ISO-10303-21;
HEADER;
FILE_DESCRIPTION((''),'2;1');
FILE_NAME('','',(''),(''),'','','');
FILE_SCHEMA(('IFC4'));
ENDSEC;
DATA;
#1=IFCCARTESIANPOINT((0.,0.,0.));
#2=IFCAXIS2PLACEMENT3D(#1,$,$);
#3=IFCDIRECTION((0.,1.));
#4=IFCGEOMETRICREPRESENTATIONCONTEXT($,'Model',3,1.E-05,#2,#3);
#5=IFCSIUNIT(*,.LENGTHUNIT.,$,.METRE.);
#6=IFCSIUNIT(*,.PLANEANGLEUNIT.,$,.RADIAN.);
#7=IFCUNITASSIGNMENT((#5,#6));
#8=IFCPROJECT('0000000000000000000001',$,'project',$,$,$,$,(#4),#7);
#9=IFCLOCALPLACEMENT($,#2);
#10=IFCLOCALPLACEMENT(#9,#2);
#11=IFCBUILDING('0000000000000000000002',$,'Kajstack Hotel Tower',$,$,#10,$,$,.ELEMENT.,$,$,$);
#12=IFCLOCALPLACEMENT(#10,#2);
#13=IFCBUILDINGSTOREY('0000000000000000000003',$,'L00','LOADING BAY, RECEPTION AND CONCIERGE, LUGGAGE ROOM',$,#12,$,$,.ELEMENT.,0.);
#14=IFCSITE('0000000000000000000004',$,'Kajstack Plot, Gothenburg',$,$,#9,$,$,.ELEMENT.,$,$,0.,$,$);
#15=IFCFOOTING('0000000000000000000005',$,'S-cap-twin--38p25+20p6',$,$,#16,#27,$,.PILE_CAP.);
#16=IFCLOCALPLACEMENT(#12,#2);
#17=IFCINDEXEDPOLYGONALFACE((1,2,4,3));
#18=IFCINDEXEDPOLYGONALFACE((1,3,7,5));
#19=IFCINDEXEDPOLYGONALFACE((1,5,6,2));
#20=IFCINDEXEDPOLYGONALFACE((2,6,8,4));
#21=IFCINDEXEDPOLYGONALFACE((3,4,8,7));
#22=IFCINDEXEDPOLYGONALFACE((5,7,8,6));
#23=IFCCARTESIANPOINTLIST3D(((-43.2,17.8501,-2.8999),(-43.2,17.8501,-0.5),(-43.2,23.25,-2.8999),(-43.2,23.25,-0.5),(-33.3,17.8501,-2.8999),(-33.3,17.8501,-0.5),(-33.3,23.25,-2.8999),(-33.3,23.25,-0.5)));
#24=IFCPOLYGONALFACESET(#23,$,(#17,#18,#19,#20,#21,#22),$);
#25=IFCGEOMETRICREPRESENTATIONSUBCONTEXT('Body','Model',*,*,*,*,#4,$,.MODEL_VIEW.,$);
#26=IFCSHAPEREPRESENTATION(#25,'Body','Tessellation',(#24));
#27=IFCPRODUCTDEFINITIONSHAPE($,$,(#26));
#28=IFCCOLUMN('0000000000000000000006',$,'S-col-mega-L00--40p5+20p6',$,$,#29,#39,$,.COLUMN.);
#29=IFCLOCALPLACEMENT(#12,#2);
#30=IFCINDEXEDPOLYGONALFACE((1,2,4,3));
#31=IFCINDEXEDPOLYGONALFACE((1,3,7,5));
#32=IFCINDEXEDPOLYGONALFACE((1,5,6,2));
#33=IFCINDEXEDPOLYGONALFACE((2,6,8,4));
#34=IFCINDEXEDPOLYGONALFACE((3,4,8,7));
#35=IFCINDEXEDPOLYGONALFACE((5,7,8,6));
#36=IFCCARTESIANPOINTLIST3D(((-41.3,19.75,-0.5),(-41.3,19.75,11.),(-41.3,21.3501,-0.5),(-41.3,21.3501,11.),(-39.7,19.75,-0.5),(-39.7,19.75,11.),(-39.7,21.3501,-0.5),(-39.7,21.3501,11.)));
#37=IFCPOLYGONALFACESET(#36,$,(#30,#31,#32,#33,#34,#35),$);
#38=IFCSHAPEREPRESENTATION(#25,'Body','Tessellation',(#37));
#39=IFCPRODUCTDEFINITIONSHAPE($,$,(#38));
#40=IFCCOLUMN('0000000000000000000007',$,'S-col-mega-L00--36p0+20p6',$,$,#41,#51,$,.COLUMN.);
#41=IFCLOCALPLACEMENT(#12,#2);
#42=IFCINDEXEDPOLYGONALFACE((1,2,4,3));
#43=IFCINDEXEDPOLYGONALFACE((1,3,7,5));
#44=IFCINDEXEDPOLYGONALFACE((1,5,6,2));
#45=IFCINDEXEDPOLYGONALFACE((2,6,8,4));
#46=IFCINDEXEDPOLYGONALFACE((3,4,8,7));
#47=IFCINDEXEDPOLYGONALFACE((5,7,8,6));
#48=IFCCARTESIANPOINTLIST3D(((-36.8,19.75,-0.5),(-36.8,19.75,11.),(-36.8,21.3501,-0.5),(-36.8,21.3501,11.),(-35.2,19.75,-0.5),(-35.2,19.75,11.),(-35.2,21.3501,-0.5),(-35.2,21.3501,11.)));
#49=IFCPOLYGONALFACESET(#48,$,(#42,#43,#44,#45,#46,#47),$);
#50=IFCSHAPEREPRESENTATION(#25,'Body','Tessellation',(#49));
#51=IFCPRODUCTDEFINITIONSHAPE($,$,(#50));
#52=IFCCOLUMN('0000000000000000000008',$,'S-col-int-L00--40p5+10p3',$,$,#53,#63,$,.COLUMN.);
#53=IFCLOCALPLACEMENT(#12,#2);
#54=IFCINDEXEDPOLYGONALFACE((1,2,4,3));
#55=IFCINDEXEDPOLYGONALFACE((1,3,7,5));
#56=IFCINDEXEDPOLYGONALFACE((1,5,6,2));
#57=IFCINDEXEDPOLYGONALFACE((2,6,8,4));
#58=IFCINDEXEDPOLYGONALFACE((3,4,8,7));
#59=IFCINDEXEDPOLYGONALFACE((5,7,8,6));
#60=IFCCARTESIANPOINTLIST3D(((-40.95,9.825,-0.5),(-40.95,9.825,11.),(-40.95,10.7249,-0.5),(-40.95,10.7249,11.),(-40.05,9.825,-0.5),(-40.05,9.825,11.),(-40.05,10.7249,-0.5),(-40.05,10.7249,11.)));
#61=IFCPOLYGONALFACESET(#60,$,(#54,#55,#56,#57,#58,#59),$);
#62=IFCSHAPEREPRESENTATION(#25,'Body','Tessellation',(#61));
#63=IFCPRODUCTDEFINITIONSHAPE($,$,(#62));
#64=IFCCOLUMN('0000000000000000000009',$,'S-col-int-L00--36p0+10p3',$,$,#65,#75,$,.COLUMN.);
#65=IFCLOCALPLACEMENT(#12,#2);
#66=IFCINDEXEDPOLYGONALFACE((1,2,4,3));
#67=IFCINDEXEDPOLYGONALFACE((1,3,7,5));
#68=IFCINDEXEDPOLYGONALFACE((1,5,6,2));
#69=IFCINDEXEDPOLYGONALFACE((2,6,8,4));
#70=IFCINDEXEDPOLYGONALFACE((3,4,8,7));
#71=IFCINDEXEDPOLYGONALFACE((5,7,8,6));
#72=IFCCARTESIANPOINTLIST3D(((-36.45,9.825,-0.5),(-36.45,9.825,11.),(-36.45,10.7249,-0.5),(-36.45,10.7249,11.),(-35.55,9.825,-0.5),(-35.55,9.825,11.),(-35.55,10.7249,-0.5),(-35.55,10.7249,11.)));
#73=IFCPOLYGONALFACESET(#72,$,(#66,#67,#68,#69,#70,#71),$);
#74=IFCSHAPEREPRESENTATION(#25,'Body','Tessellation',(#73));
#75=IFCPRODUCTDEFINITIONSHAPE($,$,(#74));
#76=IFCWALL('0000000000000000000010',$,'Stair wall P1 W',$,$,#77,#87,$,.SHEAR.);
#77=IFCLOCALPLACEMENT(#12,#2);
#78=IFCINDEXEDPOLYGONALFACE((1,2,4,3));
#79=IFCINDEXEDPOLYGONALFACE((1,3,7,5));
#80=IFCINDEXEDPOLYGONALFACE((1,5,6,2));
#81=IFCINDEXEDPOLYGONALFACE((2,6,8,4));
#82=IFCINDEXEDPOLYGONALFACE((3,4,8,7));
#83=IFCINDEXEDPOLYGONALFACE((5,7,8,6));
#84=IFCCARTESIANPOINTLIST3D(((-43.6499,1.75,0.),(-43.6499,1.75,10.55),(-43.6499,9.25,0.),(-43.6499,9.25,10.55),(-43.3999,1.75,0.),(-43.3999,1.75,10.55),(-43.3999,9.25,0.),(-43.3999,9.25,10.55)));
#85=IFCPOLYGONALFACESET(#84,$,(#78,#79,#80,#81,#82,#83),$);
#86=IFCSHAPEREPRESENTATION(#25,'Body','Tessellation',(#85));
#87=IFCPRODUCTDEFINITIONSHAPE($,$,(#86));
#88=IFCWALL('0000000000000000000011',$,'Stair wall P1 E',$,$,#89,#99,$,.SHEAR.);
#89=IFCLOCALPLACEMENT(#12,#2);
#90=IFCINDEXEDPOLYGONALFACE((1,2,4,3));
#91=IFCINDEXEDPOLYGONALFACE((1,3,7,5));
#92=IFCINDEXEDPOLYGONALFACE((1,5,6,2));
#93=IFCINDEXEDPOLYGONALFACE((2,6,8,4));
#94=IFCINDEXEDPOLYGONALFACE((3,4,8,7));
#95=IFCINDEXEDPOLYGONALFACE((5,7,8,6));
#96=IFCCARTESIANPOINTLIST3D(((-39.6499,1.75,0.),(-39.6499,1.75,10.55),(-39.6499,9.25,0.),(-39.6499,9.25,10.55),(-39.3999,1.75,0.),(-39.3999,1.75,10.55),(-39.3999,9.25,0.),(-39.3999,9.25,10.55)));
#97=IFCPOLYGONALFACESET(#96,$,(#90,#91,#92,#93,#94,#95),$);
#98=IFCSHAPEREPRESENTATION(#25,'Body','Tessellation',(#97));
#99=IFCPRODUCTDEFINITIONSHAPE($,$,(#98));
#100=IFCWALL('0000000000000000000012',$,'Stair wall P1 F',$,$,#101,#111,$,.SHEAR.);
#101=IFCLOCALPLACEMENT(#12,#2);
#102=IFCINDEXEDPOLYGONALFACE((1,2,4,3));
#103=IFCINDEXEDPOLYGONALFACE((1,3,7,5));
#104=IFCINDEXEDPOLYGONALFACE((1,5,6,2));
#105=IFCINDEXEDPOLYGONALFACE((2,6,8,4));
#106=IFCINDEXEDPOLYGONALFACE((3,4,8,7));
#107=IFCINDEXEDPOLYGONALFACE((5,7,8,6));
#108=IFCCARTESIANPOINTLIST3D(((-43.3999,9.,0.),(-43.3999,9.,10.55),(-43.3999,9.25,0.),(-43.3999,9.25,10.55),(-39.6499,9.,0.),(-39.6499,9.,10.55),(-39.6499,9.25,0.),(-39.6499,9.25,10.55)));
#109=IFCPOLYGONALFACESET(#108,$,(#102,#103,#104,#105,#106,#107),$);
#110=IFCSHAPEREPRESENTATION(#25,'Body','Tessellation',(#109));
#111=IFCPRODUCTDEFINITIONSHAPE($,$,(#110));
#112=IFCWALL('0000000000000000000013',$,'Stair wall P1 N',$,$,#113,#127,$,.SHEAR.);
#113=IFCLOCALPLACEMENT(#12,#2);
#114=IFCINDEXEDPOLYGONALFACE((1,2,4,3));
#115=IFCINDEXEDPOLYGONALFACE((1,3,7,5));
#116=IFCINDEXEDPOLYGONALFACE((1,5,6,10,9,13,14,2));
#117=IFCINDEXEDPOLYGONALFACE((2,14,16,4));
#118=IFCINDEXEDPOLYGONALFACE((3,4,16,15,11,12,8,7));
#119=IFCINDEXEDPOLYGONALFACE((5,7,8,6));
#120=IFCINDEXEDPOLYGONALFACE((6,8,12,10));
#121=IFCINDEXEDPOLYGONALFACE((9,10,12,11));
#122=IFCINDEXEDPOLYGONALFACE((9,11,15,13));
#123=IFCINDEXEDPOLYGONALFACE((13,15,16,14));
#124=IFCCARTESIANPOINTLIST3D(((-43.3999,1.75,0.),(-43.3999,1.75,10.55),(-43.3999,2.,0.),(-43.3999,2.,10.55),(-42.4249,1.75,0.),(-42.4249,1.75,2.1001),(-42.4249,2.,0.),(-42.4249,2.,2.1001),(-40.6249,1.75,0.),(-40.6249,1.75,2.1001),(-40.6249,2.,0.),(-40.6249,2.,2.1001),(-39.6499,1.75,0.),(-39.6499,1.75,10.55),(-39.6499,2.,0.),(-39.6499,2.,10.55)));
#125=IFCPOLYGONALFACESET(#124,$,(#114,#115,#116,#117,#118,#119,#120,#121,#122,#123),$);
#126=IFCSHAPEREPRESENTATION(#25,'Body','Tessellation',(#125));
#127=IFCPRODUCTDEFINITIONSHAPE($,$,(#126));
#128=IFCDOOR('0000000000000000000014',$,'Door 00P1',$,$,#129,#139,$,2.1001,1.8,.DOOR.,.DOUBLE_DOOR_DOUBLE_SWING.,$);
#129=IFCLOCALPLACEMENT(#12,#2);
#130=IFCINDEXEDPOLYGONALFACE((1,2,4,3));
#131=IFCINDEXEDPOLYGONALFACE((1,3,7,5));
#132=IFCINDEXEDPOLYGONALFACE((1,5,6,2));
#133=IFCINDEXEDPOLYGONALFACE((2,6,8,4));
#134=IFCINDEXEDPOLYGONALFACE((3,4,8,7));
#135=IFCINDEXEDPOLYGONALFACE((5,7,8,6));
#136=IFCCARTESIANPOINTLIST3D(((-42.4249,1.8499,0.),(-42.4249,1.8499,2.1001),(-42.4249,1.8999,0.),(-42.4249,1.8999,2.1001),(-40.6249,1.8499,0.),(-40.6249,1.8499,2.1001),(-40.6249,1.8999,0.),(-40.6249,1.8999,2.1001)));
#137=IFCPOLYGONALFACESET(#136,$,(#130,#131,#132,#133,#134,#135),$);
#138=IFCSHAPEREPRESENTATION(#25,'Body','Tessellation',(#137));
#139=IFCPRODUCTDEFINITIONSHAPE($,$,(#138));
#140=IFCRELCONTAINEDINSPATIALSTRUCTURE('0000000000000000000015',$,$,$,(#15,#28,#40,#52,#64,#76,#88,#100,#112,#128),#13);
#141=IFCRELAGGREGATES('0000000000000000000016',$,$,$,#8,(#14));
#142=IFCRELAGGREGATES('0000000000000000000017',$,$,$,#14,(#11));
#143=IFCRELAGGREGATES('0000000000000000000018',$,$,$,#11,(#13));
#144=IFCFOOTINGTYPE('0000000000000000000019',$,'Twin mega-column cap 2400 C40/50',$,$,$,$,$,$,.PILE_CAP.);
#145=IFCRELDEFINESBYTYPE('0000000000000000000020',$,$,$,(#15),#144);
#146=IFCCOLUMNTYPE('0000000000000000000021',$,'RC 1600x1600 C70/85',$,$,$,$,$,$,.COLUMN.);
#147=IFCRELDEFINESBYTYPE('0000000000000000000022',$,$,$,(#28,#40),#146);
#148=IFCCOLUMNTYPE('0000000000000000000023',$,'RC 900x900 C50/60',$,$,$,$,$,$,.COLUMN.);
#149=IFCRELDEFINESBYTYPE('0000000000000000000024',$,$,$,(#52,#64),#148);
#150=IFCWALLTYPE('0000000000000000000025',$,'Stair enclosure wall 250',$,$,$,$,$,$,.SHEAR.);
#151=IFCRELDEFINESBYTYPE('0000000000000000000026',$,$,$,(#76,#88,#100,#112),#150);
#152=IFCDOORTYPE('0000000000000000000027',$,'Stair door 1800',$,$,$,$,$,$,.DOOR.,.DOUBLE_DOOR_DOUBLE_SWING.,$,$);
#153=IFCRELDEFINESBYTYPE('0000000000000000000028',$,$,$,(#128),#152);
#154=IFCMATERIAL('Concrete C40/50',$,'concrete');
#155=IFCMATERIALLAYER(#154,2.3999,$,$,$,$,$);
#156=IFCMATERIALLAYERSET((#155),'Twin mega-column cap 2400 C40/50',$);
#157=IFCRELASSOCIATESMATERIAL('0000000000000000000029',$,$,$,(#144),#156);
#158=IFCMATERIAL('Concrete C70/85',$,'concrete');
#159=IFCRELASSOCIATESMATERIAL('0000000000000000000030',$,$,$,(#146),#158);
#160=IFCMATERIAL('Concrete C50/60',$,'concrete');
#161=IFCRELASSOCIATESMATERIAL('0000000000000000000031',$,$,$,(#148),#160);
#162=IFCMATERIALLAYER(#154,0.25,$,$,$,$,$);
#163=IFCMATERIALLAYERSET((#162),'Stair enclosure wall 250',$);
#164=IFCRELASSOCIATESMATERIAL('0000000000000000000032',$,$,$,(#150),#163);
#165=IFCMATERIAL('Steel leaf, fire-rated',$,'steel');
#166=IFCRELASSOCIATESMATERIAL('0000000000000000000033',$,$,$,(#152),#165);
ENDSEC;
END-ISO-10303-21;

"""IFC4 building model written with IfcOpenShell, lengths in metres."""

from ifc_helpers import new_model, si_unit, direction, frame, frame_2d, origin, origin_2d, place, context, subcontext, project, spatial, rectangle, extrude, material, layer, layer_set, material_profile, profile_set, type_object, element, fill, save


model = new_model("IFC4")

# Units and contexts
model_context = context("Model", 3, precision=1e-05, world=origin(), true_north=direction((0.0, 1.0)))
body_context = subcontext(model_context, "Body", "Model", "MODEL_VIEW")
ifc_project = project(units=[si_unit("LENGTHUNIT", "METRE"), si_unit("PLANEANGLEUNIT", "RADIAN")], contexts=[model_context])

# Site, building, storey
site_placement = place(None, origin())
site = spatial("IfcSite", under=ifc_project, at=site_placement, Name="Kajstack Plot, Gothenburg", CompositionType="ELEMENT", RefElevation=0.0)
building_placement = place(site_placement, origin())
building = spatial("IfcBuilding", under=site, at=building_placement, Name="Kajstack Hotel Tower", CompositionType="ELEMENT")
storey_placement = place(building_placement, origin())
storey = spatial("IfcBuildingStorey", under=building, at=storey_placement, Name="L00", Description="LOADING BAY, RECEPTION AND CONCIERGE, LUGGAGE ROOM", CompositionType="ELEMENT", Elevation=0.0)

# Footing
ifc_material_1 = material(Name="Concrete C40/50", Category="concrete")
ifc_layer_1 = layer(ifc_material_1, 2.3999)
ifc_layer_set_1 = layer_set([ifc_layer_1], Name="Twin mega-column cap 2400 C40/50")
footing_type_1 = type_object("IfcFootingType", Name="Twin mega-column cap 2400 C40/50", PredefinedType="PILE_CAP", material=ifc_layer_set_1)
footing_placement = place(storey_placement, frame((-38.25, 20.55, -2.8999), z_axis=(0.0, 0.0, 1.0), x_axis=(1.0, 0.0, 0.0)))
element("IfcFooting", 1, at=footing_placement, inside=storey, type_object=footing_type_1, Name="S-cap-twin--38p25+20p6", PredefinedType="PILE_CAP", context=body_context, shape_type="SweptSolid", body=[
    extrude(rectangle(XDim=9.8999, YDim=5.3999, at=origin_2d()), origin(), (0.0, 0.0, 1.0), 2.3999),
])

# Columns
ifc_material_2 = material(Name="Concrete C70/85", Category="concrete")
ifc_material_profile_1 = material_profile(ifc_material_2, rectangle(XDim=1.6001, YDim=1.6001, at=origin_2d()), Name="RC 1600x1600")
ifc_profile_set_1 = profile_set([ifc_material_profile_1], Name="Concrete C70/85")
column_type_1 = type_object("IfcColumnType", Name="RC 1600x1600 C70/85", PredefinedType="COLUMN", material=ifc_profile_set_1)
for number, where, z_axis, x_axis, name in (
    (2, (-40.5, 20.55, -0.5), (0.0, 0.0, 1.0), (1.0, 0.0, 0.0), "S-col-mega-L00--40p5+20p6"),
    (3, (-36.0, 20.55, -0.5), (0.0, 0.0, 1.0), (1.0, 0.0, 0.0), "S-col-mega-L00--36p0+20p6"),
):
    element("IfcColumn", number, at=place(storey_placement, frame(where, z_axis=z_axis, x_axis=x_axis)), inside=storey, type_object=column_type_1, Name=name, PredefinedType="COLUMN", context=body_context, shape_type="SweptSolid", body=[
        extrude(rectangle(XDim=1.6001, YDim=1.6001, at=origin_2d()), origin(), (0.0, 0.0, 1.0), 11.5),
    ])
ifc_material_3 = material(Name="Concrete C50/60", Category="concrete")
ifc_material_profile_2 = material_profile(ifc_material_3, rectangle(XDim=0.8999, YDim=0.8999, at=origin_2d()), Name="RC 900x900")
ifc_profile_set_2 = profile_set([ifc_material_profile_2], Name="Concrete C50/60")
column_type_2 = type_object("IfcColumnType", Name="RC 900x900 C50/60", PredefinedType="COLUMN", material=ifc_profile_set_2)
for number, where, z_axis, x_axis, name in (
    (4, (-40.5, 10.2749, -0.5), (0.0, 0.0, 1.0), (1.0, 0.0, 0.0), "S-col-int-L00--40p5+10p3"),
    (5, (-36.0, 10.2749, -0.5), (0.0, 0.0, 1.0), (1.0, 0.0, 0.0), "S-col-int-L00--36p0+10p3"),
):
    element("IfcColumn", number, at=place(storey_placement, frame(where, z_axis=z_axis, x_axis=x_axis)), inside=storey, type_object=column_type_2, Name=name, PredefinedType="COLUMN", context=body_context, shape_type="SweptSolid", body=[
        extrude(rectangle(XDim=0.8999, YDim=0.8999, at=origin_2d()), origin(), (0.0, 0.0, 1.0), 11.5),
    ])

# Walls
ifc_layer_2 = layer(ifc_material_1, 0.25)
ifc_layer_set_2 = layer_set([ifc_layer_2], Name="Stair enclosure wall 250")
wall_type = type_object("IfcWallType", Name="Stair enclosure wall 250", PredefinedType="SHEAR", material=ifc_layer_set_2)
for number, where, z_axis, x_axis, name in (
    (6, (-43.5249, 1.75, 0.0), (0.0, 0.0, 1.0), (0.0, 1.0, 0.0), "Stair wall P1 W"),
    (7, (-39.5249, 1.75, 0.0), (0.0, 0.0, 1.0), (0.0, 1.0, 0.0), "Stair wall P1 E"),
):
    element("IfcWall", number, at=place(storey_placement, frame(where, z_axis=z_axis, x_axis=x_axis)), inside=storey, type_object=wall_type, Name=name, PredefinedType="SHEAR", context=body_context, shape_type="SweptSolid", body=[
        extrude(rectangle(XDim=7.5, YDim=0.25, at=frame_2d((3.75, 0.0))), origin(), (0.0, 0.0, 1.0), 10.55),
    ])
wall_1_placement = place(storey_placement, frame((-43.3999, 9.125, 0.0), z_axis=(0.0, 0.0, 1.0), x_axis=(1.0, 0.0, 0.0)))
element("IfcWall", 8, at=wall_1_placement, inside=storey, type_object=wall_type, Name="Stair wall P1 F", PredefinedType="SHEAR", context=body_context, shape_type="SweptSolid", body=[
    extrude(rectangle(XDim=3.75, YDim=0.25, at=frame_2d((1.875, 0.0))), origin(), (0.0, 0.0, 1.0), 10.55),
])

# Wall, opening, door
wall_2_placement = place(storey_placement, frame((-43.3999, 1.875, 0.0), z_axis=(0.0, 0.0, 1.0), x_axis=(1.0, 0.0, 0.0)))
wall_2 = element("IfcWall", 9, at=wall_2_placement, inside=storey, type_object=wall_type, Name="Stair wall P1 N", PredefinedType="SHEAR", context=body_context, shape_type="SweptSolid", body=[
    extrude(rectangle(XDim=3.75, YDim=0.25, at=frame_2d((1.875, 0.0))), origin(), (0.0, 0.0, 1.0), 10.55),
])
opening_placement = place(wall_2_placement, frame((0.9751, 0.0, 0.0)))
opening = element("IfcOpeningElement", 10, at=opening_placement, cuts=wall_2, PredefinedType="OPENING", context=body_context, shape_type="SweptSolid", body=[
    extrude(rectangle(XDim=1.8, YDim=2.1001, at=frame_2d((0.8999, 1.05))), frame((0.0, 0.135, 0.0), z_axis=(0.0, -1.0, 0.0), x_axis=(1.0, 0.0, 0.0)), (0.0, 0.0, 1.0), 0.27),
])
ifc_material_4 = material(Name="Steel leaf, fire-rated", Category="steel")
door_type = type_object("IfcDoorType", Name="Stair door 1800", OperationType="DOUBLE_DOOR_DOUBLE_SWING", PredefinedType="DOOR", material=ifc_material_4)
door_placement = place(opening_placement, origin())
door = element("IfcDoor", 11, at=door_placement, inside=storey, type_object=door_type, Name="Door 00P1", OperationType="DOUBLE_DOOR_DOUBLE_SWING", OverallHeight=2.1001, OverallWidth=1.8, PredefinedType="DOOR", context=body_context, shape_type="SweptSolid", body=[
    extrude(rectangle(XDim=1.8, YDim=2.1001, at=frame_2d((0.8999, 1.05))), frame((0.0, 0.0249, 0.0), z_axis=(0.0, -1.0, 0.0), x_axis=(1.0, 0.0, 0.0)), (0.0, 0.0, 1.0), 0.05),
])
fill(opening, door)

save(model, "model.ifc")
